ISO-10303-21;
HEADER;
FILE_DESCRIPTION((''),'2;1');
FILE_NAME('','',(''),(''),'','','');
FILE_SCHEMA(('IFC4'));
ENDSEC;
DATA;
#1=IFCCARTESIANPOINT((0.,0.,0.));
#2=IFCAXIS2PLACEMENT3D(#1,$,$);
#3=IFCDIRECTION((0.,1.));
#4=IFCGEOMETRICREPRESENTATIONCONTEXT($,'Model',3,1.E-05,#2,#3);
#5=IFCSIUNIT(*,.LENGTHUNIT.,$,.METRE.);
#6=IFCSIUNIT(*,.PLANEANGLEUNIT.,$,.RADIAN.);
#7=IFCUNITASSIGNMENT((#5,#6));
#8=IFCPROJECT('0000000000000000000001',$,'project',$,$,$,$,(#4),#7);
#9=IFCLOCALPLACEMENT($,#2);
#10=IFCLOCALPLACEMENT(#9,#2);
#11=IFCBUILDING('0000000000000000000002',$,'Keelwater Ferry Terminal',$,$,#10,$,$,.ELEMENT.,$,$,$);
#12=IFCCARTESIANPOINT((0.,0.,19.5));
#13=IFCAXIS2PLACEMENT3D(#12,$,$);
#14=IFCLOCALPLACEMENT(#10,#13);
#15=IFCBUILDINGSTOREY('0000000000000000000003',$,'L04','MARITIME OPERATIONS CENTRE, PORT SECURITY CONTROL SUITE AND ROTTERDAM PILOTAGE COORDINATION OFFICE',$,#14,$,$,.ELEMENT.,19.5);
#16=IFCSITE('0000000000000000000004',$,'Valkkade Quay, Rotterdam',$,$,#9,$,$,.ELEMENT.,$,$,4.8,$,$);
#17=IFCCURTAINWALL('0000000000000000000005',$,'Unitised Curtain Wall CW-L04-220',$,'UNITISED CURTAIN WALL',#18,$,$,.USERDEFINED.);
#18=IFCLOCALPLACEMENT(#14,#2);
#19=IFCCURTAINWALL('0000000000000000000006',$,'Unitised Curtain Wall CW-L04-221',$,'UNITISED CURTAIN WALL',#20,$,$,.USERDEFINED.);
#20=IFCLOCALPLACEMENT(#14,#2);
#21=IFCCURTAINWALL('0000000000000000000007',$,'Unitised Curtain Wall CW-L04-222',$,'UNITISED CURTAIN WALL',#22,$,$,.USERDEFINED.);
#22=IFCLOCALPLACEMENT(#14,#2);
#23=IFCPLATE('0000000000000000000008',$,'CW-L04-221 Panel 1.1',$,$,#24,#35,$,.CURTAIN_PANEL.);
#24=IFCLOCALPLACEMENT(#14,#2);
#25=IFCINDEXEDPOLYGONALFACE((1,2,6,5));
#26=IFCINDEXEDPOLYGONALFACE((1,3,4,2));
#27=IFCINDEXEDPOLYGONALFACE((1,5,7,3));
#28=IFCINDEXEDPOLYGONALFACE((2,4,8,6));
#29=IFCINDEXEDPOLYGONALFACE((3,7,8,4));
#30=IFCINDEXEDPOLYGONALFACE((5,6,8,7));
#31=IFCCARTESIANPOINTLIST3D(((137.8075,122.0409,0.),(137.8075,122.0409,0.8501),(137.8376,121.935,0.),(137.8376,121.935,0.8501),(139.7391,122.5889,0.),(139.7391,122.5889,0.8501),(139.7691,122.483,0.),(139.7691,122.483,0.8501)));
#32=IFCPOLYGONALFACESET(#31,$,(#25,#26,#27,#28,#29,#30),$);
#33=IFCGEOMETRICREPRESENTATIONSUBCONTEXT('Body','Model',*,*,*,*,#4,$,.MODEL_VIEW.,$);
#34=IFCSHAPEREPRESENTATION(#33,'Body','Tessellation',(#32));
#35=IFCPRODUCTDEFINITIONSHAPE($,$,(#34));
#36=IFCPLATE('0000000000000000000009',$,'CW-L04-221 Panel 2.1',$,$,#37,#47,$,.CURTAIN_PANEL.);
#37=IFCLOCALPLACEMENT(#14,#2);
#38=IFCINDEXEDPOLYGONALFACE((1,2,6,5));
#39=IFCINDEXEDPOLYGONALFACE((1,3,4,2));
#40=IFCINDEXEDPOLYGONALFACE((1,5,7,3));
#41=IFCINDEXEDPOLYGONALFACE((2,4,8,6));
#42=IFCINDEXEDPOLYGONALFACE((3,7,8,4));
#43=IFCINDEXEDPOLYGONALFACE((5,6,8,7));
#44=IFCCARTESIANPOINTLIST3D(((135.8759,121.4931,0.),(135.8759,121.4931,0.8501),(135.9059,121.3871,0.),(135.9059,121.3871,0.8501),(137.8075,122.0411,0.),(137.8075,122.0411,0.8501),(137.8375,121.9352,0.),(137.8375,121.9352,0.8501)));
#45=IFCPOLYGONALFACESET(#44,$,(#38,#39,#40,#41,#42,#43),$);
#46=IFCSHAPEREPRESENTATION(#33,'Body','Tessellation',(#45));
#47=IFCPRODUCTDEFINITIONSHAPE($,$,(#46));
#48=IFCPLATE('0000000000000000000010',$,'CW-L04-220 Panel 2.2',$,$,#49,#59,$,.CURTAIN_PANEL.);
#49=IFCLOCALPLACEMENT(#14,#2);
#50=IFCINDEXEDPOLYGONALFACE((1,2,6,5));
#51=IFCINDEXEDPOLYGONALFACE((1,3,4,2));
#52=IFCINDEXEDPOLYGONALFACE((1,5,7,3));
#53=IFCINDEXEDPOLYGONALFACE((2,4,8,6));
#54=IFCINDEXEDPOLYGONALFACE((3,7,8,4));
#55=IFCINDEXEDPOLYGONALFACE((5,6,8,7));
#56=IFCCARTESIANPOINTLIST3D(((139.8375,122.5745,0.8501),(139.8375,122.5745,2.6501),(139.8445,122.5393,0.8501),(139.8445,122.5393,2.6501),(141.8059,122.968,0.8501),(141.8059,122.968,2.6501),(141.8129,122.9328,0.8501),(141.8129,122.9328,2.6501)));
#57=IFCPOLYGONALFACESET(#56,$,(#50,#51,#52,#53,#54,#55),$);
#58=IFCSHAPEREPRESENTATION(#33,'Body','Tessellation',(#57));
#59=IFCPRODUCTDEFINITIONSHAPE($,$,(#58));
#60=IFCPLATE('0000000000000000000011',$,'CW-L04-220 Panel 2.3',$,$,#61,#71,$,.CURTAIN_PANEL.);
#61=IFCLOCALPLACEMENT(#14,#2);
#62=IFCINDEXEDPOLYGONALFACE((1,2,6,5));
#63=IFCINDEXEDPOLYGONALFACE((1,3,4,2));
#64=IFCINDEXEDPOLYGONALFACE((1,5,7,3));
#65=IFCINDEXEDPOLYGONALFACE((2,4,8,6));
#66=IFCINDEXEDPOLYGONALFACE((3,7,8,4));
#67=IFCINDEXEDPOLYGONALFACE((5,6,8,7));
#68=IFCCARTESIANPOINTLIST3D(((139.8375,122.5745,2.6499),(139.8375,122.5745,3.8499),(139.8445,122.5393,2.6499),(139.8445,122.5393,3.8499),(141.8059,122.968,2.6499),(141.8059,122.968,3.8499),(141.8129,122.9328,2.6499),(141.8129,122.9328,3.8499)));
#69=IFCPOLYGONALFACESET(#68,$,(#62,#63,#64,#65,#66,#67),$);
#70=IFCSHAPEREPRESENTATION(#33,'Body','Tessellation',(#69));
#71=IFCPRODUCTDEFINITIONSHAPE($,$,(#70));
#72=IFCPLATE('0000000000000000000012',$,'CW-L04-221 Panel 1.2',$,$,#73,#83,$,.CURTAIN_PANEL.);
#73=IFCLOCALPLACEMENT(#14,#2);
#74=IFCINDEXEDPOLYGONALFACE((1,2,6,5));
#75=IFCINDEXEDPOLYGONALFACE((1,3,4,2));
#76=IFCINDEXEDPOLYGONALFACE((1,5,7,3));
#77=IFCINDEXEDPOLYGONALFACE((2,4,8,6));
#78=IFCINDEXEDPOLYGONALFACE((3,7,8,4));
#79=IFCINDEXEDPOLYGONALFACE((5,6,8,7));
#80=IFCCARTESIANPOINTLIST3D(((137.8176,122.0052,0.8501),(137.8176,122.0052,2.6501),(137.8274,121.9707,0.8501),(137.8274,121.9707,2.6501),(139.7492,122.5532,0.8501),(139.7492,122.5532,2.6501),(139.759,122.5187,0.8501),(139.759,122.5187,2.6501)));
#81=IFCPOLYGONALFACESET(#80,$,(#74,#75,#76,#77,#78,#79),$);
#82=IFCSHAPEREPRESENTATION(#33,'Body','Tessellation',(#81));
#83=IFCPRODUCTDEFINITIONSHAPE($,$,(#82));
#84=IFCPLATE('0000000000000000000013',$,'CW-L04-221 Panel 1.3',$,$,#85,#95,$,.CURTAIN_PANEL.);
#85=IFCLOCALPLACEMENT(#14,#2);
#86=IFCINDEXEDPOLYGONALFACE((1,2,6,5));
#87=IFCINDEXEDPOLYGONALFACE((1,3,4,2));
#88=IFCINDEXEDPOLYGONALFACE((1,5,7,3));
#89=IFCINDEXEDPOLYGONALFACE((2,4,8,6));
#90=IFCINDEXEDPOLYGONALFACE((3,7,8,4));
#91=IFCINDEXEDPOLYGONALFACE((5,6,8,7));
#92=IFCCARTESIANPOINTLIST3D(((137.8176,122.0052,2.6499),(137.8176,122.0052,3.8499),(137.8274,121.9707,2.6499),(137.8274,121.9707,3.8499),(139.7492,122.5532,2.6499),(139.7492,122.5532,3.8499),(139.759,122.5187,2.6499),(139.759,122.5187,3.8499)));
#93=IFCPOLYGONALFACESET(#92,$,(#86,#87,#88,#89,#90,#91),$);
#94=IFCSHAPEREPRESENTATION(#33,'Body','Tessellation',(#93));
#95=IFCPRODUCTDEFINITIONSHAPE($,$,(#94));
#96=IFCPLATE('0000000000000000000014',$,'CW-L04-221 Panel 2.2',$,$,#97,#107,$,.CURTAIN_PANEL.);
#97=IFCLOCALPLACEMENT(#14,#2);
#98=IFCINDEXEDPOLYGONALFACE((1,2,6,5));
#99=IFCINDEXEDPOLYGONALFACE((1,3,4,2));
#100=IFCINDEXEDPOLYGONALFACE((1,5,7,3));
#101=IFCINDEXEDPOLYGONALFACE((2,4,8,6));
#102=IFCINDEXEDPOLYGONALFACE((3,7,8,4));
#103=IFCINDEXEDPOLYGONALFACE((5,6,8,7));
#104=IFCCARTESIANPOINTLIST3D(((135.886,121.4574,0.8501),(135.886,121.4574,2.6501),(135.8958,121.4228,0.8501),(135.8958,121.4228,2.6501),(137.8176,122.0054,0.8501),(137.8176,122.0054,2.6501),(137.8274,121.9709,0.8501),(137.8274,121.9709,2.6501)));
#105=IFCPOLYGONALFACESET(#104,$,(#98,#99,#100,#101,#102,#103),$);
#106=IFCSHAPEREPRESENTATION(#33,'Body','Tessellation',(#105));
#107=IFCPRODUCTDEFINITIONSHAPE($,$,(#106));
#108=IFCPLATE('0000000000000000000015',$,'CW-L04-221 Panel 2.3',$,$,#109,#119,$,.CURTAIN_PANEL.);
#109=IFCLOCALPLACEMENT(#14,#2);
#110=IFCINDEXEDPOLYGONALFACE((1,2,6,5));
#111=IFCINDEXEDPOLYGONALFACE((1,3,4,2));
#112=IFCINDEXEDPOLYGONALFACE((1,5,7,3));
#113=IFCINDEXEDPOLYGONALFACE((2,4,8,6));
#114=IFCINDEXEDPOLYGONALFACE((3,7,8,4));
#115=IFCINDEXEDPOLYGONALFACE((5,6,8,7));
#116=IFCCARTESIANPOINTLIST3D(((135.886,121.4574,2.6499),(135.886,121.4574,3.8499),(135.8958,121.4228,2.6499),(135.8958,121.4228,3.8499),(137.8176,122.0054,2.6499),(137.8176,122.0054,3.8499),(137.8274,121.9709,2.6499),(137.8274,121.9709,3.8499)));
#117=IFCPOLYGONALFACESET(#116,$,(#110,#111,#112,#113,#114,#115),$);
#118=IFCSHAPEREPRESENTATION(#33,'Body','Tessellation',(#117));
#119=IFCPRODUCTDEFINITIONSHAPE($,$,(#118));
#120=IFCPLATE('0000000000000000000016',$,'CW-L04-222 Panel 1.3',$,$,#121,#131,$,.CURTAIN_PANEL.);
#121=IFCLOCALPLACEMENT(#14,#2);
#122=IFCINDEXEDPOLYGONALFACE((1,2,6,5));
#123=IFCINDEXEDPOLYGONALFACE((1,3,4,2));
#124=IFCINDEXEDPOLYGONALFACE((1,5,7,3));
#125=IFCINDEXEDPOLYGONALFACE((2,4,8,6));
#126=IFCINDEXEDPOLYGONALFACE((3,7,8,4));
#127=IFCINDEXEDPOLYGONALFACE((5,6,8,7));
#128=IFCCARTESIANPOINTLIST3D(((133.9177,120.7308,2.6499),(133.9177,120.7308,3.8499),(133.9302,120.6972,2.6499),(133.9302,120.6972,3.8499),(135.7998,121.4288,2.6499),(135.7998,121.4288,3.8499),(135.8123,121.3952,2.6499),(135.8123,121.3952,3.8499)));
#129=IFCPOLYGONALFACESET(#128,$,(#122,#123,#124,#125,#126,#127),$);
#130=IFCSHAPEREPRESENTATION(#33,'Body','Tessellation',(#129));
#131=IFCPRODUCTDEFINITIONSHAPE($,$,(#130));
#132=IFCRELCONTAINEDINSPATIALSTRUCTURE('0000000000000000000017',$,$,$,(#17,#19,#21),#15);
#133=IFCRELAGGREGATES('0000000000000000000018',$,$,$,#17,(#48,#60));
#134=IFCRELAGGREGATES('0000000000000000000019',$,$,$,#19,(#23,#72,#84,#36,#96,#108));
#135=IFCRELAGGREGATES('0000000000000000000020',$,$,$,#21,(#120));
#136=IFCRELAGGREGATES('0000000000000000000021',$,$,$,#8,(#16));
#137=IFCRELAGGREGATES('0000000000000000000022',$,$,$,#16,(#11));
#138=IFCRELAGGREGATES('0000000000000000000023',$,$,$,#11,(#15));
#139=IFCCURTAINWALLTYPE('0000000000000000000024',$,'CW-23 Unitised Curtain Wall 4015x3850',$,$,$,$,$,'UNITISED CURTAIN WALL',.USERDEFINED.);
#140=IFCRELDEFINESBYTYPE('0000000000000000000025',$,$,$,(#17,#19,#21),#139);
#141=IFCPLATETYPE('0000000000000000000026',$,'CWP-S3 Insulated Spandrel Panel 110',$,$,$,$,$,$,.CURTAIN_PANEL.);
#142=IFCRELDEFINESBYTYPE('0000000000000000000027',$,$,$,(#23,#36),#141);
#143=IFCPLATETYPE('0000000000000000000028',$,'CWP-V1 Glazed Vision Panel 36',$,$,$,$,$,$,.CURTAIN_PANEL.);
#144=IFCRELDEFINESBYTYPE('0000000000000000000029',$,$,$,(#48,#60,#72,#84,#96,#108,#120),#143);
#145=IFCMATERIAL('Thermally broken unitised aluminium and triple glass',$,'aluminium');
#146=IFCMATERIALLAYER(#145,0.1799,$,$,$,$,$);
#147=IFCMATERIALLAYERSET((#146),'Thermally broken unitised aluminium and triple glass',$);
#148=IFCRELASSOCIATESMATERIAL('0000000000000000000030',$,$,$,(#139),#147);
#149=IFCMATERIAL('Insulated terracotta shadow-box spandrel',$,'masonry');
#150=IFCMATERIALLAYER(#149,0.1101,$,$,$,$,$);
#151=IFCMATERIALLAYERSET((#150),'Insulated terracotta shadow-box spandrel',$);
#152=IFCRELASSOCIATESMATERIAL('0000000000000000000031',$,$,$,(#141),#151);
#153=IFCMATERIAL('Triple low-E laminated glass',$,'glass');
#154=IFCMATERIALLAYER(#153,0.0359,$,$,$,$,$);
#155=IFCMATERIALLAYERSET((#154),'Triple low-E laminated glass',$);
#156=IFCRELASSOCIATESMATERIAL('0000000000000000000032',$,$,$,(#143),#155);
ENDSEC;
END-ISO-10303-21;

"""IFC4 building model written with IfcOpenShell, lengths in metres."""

from ifc_helpers import new_model, si_unit, direction, frame, origin, origin_2d, place, context, subcontext, project, spatial, rectangle, extrude, material, layer, layer_set, type_object, element, aggregate, save


model = new_model("IFC4")

# Units and contexts
model_context = context("Model", 3, precision=1e-05, world=origin(), true_north=direction((0.0, 1.0)))
body_context = subcontext(model_context, "Body", "Model", "MODEL_VIEW")
ifc_project = project(units=[si_unit("LENGTHUNIT", "METRE"), si_unit("PLANEANGLEUNIT", "RADIAN")], contexts=[model_context])

# Site, building, storey
site_placement = place(None, origin())
site = spatial("IfcSite", under=ifc_project, at=site_placement, Name="Valkkade Quay, Rotterdam", CompositionType="ELEMENT", RefElevation=4.8)
building_placement = place(site_placement, origin())
building = spatial("IfcBuilding", under=site, at=building_placement, Name="Keelwater Ferry Terminal", CompositionType="ELEMENT")
storey_placement = place(building_placement, frame((0.0, 0.0, 19.5)))
storey = spatial("IfcBuildingStorey", under=building, at=storey_placement, Name="L04", Description="MARITIME OPERATIONS CENTRE, PORT SECURITY CONTROL SUITE AND ROTTERDAM PILOTAGE COORDINATION OFFICE", CompositionType="ELEMENT", Elevation=19.5)

# Curtain wall
ifc_material_1 = material(Name="Thermally broken unitised aluminium and triple glass", Category="aluminium")
ifc_layer_1 = layer(ifc_material_1, 0.1799)
ifc_layer_set_1 = layer_set([ifc_layer_1], Name="Thermally broken unitised aluminium and triple glass")
curtain_wall_type = type_object("IfcCurtainWallType", Name="CW-23 Unitised Curtain Wall 4015x3850", ElementType="UNITISED CURTAIN WALL", PredefinedType="USERDEFINED", material=ifc_layer_set_1)
curtain_wall_1_placement = place(storey_placement, origin())
curtain_wall_1 = element("IfcCurtainWall", 1, at=curtain_wall_1_placement, inside=storey, type_object=curtain_wall_type, Name="Unitised Curtain Wall CW-L04-220", ObjectType="UNITISED CURTAIN WALL", PredefinedType="USERDEFINED")

# Curtain wall
curtain_wall_2_placement = place(storey_placement, origin())
curtain_wall_2 = element("IfcCurtainWall", 2, at=curtain_wall_2_placement, inside=storey, type_object=curtain_wall_type, Name="Unitised Curtain Wall CW-L04-221", ObjectType="UNITISED CURTAIN WALL", PredefinedType="USERDEFINED")

# Curtain wall
curtain_wall_3_placement = place(storey_placement, origin())
curtain_wall_3 = element("IfcCurtainWall", 3, at=curtain_wall_3_placement, inside=storey, type_object=curtain_wall_type, Name="Unitised Curtain Wall CW-L04-222", ObjectType="UNITISED CURTAIN WALL", PredefinedType="USERDEFINED")

# Plates
ifc_material_2 = material(Name="Insulated terracotta shadow-box spandrel", Category="masonry")
ifc_layer_2 = layer(ifc_material_2, 0.1101)
ifc_layer_set_2 = layer_set([ifc_layer_2], Name="Insulated terracotta shadow-box spandrel")
plate_type_1 = type_object("IfcPlateType", Name="CWP-S3 Insulated Spandrel Panel 110", PredefinedType="CURTAIN_PANEL", material=ifc_layer_set_2)
plate_1_placement = place(storey_placement, frame((138.7883, 122.262, 0.0), z_axis=(0.0, 0.0, 1.0), x_axis=(-0.96203, -0.272945, 0.0)))
plate_1 = element("IfcPlate", 4, at=plate_1_placement, type_object=plate_type_1, Name="CW-L04-221 Panel 1.1", PredefinedType="CURTAIN_PANEL", context=body_context, shape_type="SweptSolid", body=[
    extrude(rectangle(XDim=2.0078, YDim=0.1101, at=origin_2d()), origin(), (0.0, 0.0, 1.0), 0.8501),
])
plate_2_placement = place(storey_placement, frame((136.8567, 121.7141, 0.0), z_axis=(0.0, 0.0, 1.0), x_axis=(-0.96203, -0.272945, 0.0)))
plate_2 = element("IfcPlate", 5, at=plate_2_placement, type_object=plate_type_1, Name="CW-L04-221 Panel 2.1", PredefinedType="CURTAIN_PANEL", context=body_context, shape_type="SweptSolid", body=[
    extrude(rectangle(XDim=2.0078, YDim=0.1101, at=origin_2d()), origin(), (0.0, 0.0, 1.0), 0.8501),
])
ifc_material_3 = material(Name="Triple low-E laminated glass", Category="glass")
ifc_layer_3 = layer(ifc_material_3, 0.0359)
ifc_layer_set_3 = layer_set([ifc_layer_3], Name="Triple low-E laminated glass")
plate_type_2 = type_object("IfcPlateType", Name="CWP-V1 Glazed Vision Panel 36", PredefinedType="CURTAIN_PANEL", material=ifc_layer_set_3)
plate_3_placement = place(storey_placement, frame((140.8252, 122.7537, 0.8501), z_axis=(0.0, 0.0, 1.0), x_axis=(-0.9806, -0.19602, 0.0)))
plate_3 = element("IfcPlate", 6, at=plate_3_placement, type_object=plate_type_2, Name="CW-L04-220 Panel 2.2", PredefinedType="CURTAIN_PANEL", context=body_context, shape_type="SweptSolid", body=[
    extrude(rectangle(XDim=2.0073, YDim=0.0359, at=origin_2d()), origin(), (0.0, 0.0, 1.0), 1.8),
])
plate_4_placement = place(storey_placement, frame((140.8252, 122.7537, 2.6499), z_axis=(0.0, 0.0, 1.0), x_axis=(-0.9806, -0.19602, 0.0)))
plate_4 = element("IfcPlate", 7, at=plate_4_placement, type_object=plate_type_2, Name="CW-L04-220 Panel 2.3", PredefinedType="CURTAIN_PANEL", context=body_context, shape_type="SweptSolid", body=[
    extrude(rectangle(XDim=2.0073, YDim=0.0359, at=origin_2d()), origin(), (0.0, 0.0, 1.0), 1.2),
])
aggregate(curtain_wall_1, [plate_3, plate_4])
plate_5_placement = place(storey_placement, frame((138.7883, 122.262, 0.8501), z_axis=(0.0, 0.0, 1.0), x_axis=(-0.96203, -0.272945, 0.0)))
plate_5 = element("IfcPlate", 8, at=plate_5_placement, type_object=plate_type_2, Name="CW-L04-221 Panel 1.2", PredefinedType="CURTAIN_PANEL", context=body_context, shape_type="SweptSolid", body=[
    extrude(rectangle(XDim=2.0078, YDim=0.0359, at=origin_2d()), origin(), (0.0, 0.0, 1.0), 1.8),
])
plate_6_placement = place(storey_placement, frame((138.7883, 122.262, 2.6499), z_axis=(0.0, 0.0, 1.0), x_axis=(-0.96203, -0.272945, 0.0)))
plate_6 = element("IfcPlate", 9, at=plate_6_placement, type_object=plate_type_2, Name="CW-L04-221 Panel 1.3", PredefinedType="CURTAIN_PANEL", context=body_context, shape_type="SweptSolid", body=[
    extrude(rectangle(XDim=2.0078, YDim=0.0359, at=origin_2d()), origin(), (0.0, 0.0, 1.0), 1.2),
])
plate_7_placement = place(storey_placement, frame((136.8567, 121.7141, 0.8501), z_axis=(0.0, 0.0, 1.0), x_axis=(-0.96203, -0.272945, 0.0)))
plate_7 = element("IfcPlate", 10, at=plate_7_placement, type_object=plate_type_2, Name="CW-L04-221 Panel 2.2", PredefinedType="CURTAIN_PANEL", context=body_context, shape_type="SweptSolid", body=[
    extrude(rectangle(XDim=2.0078, YDim=0.0359, at=origin_2d()), origin(), (0.0, 0.0, 1.0), 1.8),
])
plate_8_placement = place(storey_placement, frame((136.8567, 121.7141, 2.6499), z_axis=(0.0, 0.0, 1.0), x_axis=(-0.96203, -0.272945, 0.0)))
plate_8 = element("IfcPlate", 11, at=plate_8_placement, type_object=plate_type_2, Name="CW-L04-221 Panel 2.3", PredefinedType="CURTAIN_PANEL", context=body_context, shape_type="SweptSolid", body=[
    extrude(rectangle(XDim=2.0078, YDim=0.0359, at=origin_2d()), origin(), (0.0, 0.0, 1.0), 1.2),
])
aggregate(curtain_wall_2, [plate_1, plate_5, plate_6, plate_2, plate_7, plate_8])
plate_9_placement = place(storey_placement, frame((134.865, 121.063, 2.6499), z_axis=(0.0, 0.0, 1.0), x_axis=(-0.937592, -0.347736, 0.0)))
plate_9 = element("IfcPlate", 12, at=plate_9_placement, type_object=plate_type_2, Name="CW-L04-222 Panel 1.3", PredefinedType="CURTAIN_PANEL", context=body_context, shape_type="SweptSolid", body=[
    extrude(rectangle(XDim=2.0073, YDim=0.0359, at=origin_2d()), origin(), (0.0, 0.0, 1.0), 1.2),
])
aggregate(curtain_wall_3, [plate_9])

save(model, "model.ifc")
